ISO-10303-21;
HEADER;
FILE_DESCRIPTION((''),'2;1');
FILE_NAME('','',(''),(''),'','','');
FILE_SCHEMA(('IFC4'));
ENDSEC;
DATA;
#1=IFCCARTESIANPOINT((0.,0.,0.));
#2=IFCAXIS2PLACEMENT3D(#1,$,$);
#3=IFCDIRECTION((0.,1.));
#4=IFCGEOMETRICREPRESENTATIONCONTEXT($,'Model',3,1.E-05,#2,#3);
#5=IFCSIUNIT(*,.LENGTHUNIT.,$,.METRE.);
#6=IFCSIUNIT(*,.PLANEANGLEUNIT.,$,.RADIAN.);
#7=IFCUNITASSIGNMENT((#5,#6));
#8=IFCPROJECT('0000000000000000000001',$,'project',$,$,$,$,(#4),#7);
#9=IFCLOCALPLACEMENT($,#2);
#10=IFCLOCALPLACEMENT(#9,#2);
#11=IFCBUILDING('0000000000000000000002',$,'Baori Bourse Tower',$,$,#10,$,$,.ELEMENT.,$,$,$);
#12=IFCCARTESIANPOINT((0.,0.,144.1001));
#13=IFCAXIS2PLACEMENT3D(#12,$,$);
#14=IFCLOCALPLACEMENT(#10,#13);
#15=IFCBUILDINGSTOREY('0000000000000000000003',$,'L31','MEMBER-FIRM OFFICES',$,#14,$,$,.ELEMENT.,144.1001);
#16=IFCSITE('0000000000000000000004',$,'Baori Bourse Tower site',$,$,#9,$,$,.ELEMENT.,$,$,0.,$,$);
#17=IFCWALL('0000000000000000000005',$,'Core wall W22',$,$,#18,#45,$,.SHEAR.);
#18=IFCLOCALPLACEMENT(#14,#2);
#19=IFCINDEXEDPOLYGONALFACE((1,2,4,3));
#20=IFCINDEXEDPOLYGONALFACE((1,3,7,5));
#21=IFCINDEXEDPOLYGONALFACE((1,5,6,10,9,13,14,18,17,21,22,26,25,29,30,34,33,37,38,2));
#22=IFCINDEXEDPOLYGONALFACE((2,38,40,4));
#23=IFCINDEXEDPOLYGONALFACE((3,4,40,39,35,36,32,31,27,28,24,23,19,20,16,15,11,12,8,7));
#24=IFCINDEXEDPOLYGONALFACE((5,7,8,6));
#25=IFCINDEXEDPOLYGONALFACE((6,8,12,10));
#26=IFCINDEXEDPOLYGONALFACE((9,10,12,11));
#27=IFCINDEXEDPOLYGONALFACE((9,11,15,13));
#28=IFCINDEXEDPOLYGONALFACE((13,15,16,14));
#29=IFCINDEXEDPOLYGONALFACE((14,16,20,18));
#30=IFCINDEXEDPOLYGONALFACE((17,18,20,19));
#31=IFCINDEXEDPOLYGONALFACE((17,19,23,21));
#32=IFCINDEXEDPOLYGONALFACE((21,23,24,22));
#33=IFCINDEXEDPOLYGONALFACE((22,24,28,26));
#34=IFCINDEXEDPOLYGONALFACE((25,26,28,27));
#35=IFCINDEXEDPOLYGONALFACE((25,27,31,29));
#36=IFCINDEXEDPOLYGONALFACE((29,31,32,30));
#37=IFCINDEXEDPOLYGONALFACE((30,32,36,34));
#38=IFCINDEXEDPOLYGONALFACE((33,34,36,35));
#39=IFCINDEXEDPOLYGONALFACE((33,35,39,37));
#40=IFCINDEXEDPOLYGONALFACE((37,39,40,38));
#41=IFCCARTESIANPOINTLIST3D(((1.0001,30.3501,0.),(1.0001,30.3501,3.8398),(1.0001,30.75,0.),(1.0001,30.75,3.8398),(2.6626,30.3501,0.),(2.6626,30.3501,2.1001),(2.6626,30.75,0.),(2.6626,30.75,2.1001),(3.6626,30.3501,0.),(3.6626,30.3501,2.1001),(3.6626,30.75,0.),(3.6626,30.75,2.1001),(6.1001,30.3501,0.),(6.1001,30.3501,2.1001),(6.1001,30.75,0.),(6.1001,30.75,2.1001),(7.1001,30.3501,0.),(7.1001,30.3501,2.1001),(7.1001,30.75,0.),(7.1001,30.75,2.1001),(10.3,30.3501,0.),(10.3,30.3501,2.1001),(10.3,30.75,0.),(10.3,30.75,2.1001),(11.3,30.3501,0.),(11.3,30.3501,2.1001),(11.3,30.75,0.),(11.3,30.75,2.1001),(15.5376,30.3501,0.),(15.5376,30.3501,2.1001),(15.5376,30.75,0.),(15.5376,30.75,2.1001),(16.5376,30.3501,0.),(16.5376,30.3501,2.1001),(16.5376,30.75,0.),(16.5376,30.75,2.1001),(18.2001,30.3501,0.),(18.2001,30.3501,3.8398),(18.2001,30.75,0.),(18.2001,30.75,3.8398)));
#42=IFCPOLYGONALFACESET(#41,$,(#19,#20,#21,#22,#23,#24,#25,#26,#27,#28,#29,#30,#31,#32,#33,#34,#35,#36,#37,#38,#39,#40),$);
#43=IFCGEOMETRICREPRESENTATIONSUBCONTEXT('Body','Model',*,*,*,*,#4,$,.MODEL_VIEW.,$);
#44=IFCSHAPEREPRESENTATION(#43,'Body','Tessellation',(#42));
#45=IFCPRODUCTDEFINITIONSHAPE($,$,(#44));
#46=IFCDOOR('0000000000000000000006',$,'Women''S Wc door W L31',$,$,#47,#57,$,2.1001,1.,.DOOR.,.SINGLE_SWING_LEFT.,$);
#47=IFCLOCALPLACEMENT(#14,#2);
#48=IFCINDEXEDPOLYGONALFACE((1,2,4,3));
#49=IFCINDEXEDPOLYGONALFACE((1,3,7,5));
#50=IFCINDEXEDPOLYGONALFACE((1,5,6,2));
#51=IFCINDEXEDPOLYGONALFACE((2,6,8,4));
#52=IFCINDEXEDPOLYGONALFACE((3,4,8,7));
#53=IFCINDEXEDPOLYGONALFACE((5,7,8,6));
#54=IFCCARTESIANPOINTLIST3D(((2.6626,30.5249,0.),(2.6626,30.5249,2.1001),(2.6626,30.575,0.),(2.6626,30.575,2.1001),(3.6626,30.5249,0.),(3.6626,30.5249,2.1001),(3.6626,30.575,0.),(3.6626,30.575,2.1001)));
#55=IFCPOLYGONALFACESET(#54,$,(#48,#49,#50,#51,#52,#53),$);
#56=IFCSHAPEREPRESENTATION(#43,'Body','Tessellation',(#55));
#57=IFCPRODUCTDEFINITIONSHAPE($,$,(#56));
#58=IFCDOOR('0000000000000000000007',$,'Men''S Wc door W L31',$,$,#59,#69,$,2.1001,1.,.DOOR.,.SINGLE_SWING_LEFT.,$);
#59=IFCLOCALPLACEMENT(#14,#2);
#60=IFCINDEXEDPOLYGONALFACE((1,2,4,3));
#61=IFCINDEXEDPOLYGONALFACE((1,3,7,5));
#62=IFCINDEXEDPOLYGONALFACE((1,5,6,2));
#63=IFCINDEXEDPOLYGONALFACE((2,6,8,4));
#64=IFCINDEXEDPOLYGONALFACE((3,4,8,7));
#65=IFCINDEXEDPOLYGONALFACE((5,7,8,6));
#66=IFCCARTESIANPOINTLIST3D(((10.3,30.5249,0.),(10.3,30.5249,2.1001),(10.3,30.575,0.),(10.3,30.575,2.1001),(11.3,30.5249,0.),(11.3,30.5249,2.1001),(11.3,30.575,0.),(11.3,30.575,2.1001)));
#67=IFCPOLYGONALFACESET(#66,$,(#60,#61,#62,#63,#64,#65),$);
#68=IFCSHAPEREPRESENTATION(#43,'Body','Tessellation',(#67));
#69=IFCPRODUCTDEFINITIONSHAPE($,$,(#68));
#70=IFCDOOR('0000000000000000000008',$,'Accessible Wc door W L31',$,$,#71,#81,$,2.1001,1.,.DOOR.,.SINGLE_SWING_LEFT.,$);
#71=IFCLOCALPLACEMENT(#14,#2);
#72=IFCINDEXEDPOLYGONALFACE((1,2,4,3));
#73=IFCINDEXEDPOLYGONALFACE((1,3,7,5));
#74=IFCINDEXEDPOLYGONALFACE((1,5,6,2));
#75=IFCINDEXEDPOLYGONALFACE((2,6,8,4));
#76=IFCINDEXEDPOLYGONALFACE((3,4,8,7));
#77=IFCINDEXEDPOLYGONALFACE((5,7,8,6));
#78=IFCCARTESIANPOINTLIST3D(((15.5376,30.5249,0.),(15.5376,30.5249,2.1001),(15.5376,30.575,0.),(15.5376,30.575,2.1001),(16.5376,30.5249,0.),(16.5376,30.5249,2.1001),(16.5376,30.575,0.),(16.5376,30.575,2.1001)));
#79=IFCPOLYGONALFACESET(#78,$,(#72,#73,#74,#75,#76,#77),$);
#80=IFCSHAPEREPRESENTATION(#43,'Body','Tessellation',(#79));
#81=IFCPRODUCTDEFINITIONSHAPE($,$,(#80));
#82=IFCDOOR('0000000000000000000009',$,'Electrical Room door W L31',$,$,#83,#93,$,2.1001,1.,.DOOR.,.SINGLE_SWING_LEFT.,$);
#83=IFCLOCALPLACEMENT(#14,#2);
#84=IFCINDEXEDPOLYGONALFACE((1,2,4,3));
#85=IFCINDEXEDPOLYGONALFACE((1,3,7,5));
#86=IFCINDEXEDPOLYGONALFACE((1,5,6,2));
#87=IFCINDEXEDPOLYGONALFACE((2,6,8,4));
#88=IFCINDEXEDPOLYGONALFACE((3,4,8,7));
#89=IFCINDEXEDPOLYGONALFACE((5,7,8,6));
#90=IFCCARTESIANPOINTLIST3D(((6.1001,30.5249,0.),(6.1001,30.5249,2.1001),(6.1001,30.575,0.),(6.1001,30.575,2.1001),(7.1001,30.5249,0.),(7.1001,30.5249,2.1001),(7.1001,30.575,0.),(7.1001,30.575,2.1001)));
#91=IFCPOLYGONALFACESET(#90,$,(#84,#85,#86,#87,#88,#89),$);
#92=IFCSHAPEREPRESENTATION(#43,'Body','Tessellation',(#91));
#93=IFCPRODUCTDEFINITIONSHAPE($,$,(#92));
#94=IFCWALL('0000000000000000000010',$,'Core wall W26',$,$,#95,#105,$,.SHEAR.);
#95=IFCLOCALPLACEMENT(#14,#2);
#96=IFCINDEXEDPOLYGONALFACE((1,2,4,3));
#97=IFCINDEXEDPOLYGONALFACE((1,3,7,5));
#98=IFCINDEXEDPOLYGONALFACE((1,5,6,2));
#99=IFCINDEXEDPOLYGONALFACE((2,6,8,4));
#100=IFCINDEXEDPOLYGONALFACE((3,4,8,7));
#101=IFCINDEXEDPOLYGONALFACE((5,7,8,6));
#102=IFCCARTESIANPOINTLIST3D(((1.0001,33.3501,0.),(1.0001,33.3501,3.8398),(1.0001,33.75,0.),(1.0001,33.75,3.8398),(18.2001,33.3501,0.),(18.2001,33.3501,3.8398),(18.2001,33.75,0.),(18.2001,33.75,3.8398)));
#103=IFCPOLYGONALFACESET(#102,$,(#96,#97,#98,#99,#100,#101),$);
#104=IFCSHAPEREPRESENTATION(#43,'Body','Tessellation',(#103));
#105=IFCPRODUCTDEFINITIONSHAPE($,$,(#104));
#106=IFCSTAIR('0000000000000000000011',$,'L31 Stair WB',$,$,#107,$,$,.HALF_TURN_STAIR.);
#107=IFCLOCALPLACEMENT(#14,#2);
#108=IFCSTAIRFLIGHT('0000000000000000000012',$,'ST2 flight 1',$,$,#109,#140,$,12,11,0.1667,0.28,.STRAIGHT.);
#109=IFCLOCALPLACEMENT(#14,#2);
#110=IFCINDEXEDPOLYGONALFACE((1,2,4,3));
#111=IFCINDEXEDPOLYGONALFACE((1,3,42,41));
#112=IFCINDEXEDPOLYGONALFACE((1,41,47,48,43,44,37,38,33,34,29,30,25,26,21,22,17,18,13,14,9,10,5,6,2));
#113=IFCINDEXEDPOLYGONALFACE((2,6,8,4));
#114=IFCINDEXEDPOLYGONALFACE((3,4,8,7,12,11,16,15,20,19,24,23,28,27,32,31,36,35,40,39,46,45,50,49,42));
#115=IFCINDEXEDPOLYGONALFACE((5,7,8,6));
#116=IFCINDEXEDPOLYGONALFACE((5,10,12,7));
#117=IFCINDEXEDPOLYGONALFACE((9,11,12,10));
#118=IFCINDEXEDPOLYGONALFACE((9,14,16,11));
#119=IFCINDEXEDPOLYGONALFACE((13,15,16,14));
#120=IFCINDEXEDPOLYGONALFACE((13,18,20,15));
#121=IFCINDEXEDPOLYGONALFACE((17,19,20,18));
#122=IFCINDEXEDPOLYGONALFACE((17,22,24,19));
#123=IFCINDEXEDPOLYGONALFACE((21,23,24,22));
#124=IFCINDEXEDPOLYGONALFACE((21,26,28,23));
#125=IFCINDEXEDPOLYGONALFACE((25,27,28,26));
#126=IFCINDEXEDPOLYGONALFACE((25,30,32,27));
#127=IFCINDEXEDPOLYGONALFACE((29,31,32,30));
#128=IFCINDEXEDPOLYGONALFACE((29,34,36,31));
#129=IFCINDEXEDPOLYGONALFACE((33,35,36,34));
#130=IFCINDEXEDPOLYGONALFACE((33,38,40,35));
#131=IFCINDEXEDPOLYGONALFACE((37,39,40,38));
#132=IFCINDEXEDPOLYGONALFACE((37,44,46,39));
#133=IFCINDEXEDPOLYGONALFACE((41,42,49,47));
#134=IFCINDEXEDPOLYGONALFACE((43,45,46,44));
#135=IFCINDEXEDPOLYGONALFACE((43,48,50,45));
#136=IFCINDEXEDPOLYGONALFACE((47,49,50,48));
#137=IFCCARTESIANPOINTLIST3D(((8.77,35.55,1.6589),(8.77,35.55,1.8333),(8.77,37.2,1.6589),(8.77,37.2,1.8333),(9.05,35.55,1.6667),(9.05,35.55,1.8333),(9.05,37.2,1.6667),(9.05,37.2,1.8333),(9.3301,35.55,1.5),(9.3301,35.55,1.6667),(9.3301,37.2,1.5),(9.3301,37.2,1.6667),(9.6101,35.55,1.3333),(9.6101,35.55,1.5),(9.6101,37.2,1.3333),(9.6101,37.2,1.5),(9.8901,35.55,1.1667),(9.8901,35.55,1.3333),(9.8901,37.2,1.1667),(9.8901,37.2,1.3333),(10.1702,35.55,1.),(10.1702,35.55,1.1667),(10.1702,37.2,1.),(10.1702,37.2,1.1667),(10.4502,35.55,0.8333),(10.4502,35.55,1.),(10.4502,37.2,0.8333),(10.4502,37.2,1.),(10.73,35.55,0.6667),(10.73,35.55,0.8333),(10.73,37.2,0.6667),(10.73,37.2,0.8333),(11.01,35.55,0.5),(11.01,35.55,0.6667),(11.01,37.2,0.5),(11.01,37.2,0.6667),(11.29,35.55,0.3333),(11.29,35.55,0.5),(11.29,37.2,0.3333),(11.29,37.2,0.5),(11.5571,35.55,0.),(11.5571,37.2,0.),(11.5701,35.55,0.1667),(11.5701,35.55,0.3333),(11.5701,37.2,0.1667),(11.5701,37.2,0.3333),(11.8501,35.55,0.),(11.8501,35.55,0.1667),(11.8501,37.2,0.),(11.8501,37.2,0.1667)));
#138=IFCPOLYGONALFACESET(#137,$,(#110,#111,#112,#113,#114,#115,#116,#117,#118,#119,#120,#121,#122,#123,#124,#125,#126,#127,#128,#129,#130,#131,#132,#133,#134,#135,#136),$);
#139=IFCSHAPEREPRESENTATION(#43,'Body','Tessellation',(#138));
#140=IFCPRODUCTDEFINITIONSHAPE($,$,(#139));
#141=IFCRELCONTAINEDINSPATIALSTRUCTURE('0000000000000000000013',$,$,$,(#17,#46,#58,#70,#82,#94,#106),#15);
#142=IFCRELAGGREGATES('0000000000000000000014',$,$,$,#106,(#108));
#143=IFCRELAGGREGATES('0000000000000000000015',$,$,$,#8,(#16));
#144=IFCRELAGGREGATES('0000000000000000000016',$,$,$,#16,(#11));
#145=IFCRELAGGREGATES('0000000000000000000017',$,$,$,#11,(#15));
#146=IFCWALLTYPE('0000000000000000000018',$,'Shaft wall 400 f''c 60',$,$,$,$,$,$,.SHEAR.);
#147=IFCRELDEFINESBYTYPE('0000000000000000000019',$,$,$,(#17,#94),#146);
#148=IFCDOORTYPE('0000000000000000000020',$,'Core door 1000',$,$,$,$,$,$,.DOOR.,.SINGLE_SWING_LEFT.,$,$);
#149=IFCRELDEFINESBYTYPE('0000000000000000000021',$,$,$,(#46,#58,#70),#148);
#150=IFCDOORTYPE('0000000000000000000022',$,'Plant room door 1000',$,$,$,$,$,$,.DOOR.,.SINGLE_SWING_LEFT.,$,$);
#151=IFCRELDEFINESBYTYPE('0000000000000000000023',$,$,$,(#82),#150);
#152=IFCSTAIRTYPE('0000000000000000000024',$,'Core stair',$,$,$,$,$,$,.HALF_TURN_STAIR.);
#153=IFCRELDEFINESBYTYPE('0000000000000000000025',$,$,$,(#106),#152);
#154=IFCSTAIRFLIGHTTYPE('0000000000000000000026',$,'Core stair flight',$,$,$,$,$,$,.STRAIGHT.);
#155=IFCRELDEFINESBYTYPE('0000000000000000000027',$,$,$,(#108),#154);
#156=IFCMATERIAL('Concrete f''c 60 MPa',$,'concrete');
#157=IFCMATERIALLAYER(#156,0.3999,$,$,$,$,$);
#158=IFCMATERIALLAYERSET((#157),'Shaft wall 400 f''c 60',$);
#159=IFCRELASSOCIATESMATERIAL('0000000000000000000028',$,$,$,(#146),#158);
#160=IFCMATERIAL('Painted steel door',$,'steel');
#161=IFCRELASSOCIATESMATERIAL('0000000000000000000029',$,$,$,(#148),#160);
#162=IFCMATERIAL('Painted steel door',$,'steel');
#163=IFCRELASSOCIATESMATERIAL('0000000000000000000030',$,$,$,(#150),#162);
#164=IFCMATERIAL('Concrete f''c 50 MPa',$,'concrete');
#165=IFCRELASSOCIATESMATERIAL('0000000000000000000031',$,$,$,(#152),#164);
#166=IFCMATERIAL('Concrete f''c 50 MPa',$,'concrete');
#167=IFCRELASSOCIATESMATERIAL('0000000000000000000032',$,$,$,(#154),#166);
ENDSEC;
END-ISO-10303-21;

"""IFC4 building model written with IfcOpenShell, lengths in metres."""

from ifc_helpers import new_model, si_unit, direction, frame, frame_2d, origin, place, context, subcontext, project, spatial, polyline, rectangle, outline, extrude, material, layer, layer_set, type_object, element, fill, aggregate, save


model = new_model("IFC4")

# Units and contexts
model_context = context("Model", 3, precision=1e-05, world=origin(), true_north=direction((0.0, 1.0)))
body_context = subcontext(model_context, "Body", "Model", "MODEL_VIEW")
ifc_project = project(units=[si_unit("LENGTHUNIT", "METRE"), si_unit("PLANEANGLEUNIT", "RADIAN")], contexts=[model_context])

# Site, building, storey
site_placement = place(None, origin())
site = spatial("IfcSite", under=ifc_project, at=site_placement, Name="Baori Bourse Tower site", CompositionType="ELEMENT", RefElevation=0.0)
building_placement = place(site_placement, origin())
building = spatial("IfcBuilding", under=site, at=building_placement, Name="Baori Bourse Tower", CompositionType="ELEMENT")
storey_placement = place(building_placement, frame((0.0, 0.0, 144.1001)))
storey = spatial("IfcBuildingStorey", under=building, at=storey_placement, Name="L31", Description="MEMBER-FIRM OFFICES", CompositionType="ELEMENT", Elevation=144.1001)

# Wall, openings, doors
ifc_material_1 = material(Name="Concrete f'c 60 MPa", Category="concrete")
ifc_layer_1 = layer(ifc_material_1, 0.3999)
ifc_layer_set_1 = layer_set([ifc_layer_1], Name="Shaft wall 400 f'c 60")
wall_type_1 = type_object("IfcWallType", Name="Shaft wall 400 f'c 60", PredefinedType="SHEAR", material=ifc_layer_set_1)
wall_1_placement = place(storey_placement, frame((1.0, 30.55, 0.0), z_axis=(0.0, 0.0, 1.0), x_axis=(1.0, 0.0, 0.0)))
wall_1 = element("IfcWall", 1, at=wall_1_placement, inside=storey, type_object=wall_type_1, Name="Core wall W22", PredefinedType="SHEAR", context=body_context, shape_type="SweptSolid", body=[
    extrude(rectangle(XDim=17.2, YDim=0.3999, at=frame_2d((8.6001, 0.0))), origin(), (0.0, 0.0, 1.0), 3.8398),
])
opening_1_placement = place(wall_1_placement, frame((1.6626, 0.0, 0.0)))
opening_1 = element("IfcOpeningElement", 2, at=opening_1_placement, cuts=wall_1, PredefinedType="OPENING", context=body_context, shape_type="SweptSolid", body=[
    extrude(rectangle(XDim=1.0, YDim=2.1001, at=frame_2d((0.5, 1.05))), frame((0.0, 0.21, 0.0), z_axis=(0.0, -1.0, 0.0), x_axis=(1.0, 0.0, 0.0)), (0.0, 0.0, 1.0), 0.4199),
])
opening_2_placement = place(wall_1_placement, frame((5.1001, 0.0, 0.0)))
opening_2 = element("IfcOpeningElement", 3, at=opening_2_placement, cuts=wall_1, PredefinedType="OPENING", context=body_context, shape_type="SweptSolid", body=[
    extrude(rectangle(XDim=1.0, YDim=2.1001, at=frame_2d((0.5, 1.05))), frame((0.0, 0.21, 0.0), z_axis=(0.0, -1.0, 0.0), x_axis=(1.0, 0.0, 0.0)), (0.0, 0.0, 1.0), 0.4199),
])
opening_3_placement = place(wall_1_placement, frame((9.3, 0.0, 0.0)))
opening_3 = element("IfcOpeningElement", 4, at=opening_3_placement, cuts=wall_1, PredefinedType="OPENING", context=body_context, shape_type="SweptSolid", body=[
    extrude(rectangle(XDim=1.0, YDim=2.1001, at=frame_2d((0.5, 1.05))), frame((0.0, 0.21, 0.0), z_axis=(0.0, -1.0, 0.0), x_axis=(1.0, 0.0, 0.0)), (0.0, 0.0, 1.0), 0.4199),
])
opening_4_placement = place(wall_1_placement, frame((14.5376, 0.0, 0.0)))
opening_4 = element("IfcOpeningElement", 5, at=opening_4_placement, cuts=wall_1, PredefinedType="OPENING", context=body_context, shape_type="SweptSolid", body=[
    extrude(rectangle(XDim=1.0, YDim=2.1001, at=frame_2d((0.5, 1.05))), frame((0.0, 0.21, 0.0), z_axis=(0.0, -1.0, 0.0), x_axis=(1.0, 0.0, 0.0)), (0.0, 0.0, 1.0), 0.4199),
])
ifc_material_2 = material(Name="Painted steel door", Category="steel")
door_type_1 = type_object("IfcDoorType", Name="Core door 1000", OperationType="SINGLE_SWING_LEFT", PredefinedType="DOOR", material=ifc_material_2)
door_1_placement = place(opening_1_placement, origin())
door_1 = element("IfcDoor", 6, at=door_1_placement, inside=storey, type_object=door_type_1, Name="Women'S Wc door W L31", OperationType="SINGLE_SWING_LEFT", OverallHeight=2.1001, OverallWidth=1.0, PredefinedType="DOOR", context=body_context, shape_type="SweptSolid", body=[
    extrude(rectangle(XDim=1.0, YDim=2.1001, at=frame_2d((0.5, 1.05))), frame((0.0, 0.0249, 0.0), z_axis=(0.0, -1.0, 0.0), x_axis=(1.0, 0.0, 0.0)), (0.0, 0.0, 1.0), 0.05),
])
fill(opening_1, door_1)
door_2_placement = place(opening_3_placement, origin())
door_2 = element("IfcDoor", 7, at=door_2_placement, inside=storey, type_object=door_type_1, Name="Men'S Wc door W L31", OperationType="SINGLE_SWING_LEFT", OverallHeight=2.1001, OverallWidth=1.0, PredefinedType="DOOR", context=body_context, shape_type="SweptSolid", body=[
    extrude(rectangle(XDim=1.0, YDim=2.1001, at=frame_2d((0.5, 1.05))), frame((0.0, 0.0249, 0.0), z_axis=(0.0, -1.0, 0.0), x_axis=(1.0, 0.0, 0.0)), (0.0, 0.0, 1.0), 0.05),
])
fill(opening_3, door_2)
door_3_placement = place(opening_4_placement, origin())
door_3 = element("IfcDoor", 8, at=door_3_placement, inside=storey, type_object=door_type_1, Name="Accessible Wc door W L31", OperationType="SINGLE_SWING_LEFT", OverallHeight=2.1001, OverallWidth=1.0, PredefinedType="DOOR", context=body_context, shape_type="SweptSolid", body=[
    extrude(rectangle(XDim=1.0, YDim=2.1001, at=frame_2d((0.5, 1.05))), frame((0.0, 0.0249, 0.0), z_axis=(0.0, -1.0, 0.0), x_axis=(1.0, 0.0, 0.0)), (0.0, 0.0, 1.0), 0.05),
])
fill(opening_4, door_3)
ifc_material_3 = material(Name="Painted steel door", Category="steel")
door_type_2 = type_object("IfcDoorType", Name="Plant room door 1000", OperationType="SINGLE_SWING_LEFT", PredefinedType="DOOR", material=ifc_material_3)
door_4_placement = place(opening_2_placement, origin())
door_4 = element("IfcDoor", 9, at=door_4_placement, inside=storey, type_object=door_type_2, Name="Electrical Room door W L31", OperationType="SINGLE_SWING_LEFT", OverallHeight=2.1001, OverallWidth=1.0, PredefinedType="DOOR", context=body_context, shape_type="SweptSolid", body=[
    extrude(rectangle(XDim=1.0, YDim=2.1001, at=frame_2d((0.5, 1.05))), frame((0.0, 0.0249, 0.0), z_axis=(0.0, -1.0, 0.0), x_axis=(1.0, 0.0, 0.0)), (0.0, 0.0, 1.0), 0.05),
])
fill(opening_2, door_4)

# Wall
wall_2_placement = place(storey_placement, frame((1.0, 33.55, 0.0), z_axis=(0.0, 0.0, 1.0), x_axis=(1.0, 0.0, 0.0)))
element("IfcWall", 10, at=wall_2_placement, inside=storey, type_object=wall_type_1, Name="Core wall W26", PredefinedType="SHEAR", context=body_context, shape_type="SweptSolid", body=[
    extrude(rectangle(XDim=17.2, YDim=0.3999, at=frame_2d((8.6001, 0.0))), origin(), (0.0, 0.0, 1.0), 3.8398),
])

# Stair, stair flight
ifc_material_4 = material(Name="Concrete f'c 50 MPa", Category="concrete")
stair_type = type_object("IfcStairType", Name="Core stair", PredefinedType="HALF_TURN_STAIR", material=ifc_material_4)
stair_placement = place(storey_placement, origin())
stair = element("IfcStair", 11, at=stair_placement, inside=storey, type_object=stair_type, Name="L31 Stair WB", PredefinedType="HALF_TURN_STAIR")
ifc_material_5 = material(Name="Concrete f'c 50 MPa", Category="concrete")
stair_flight_type = type_object("IfcStairFlightType", Name="Core stair flight", PredefinedType="STRAIGHT", material=ifc_material_5)
stair_flight_1_placement = place(storey_placement, frame((11.8501, 36.375, 0.0), z_axis=(0.0, 0.0, 1.0), x_axis=(-1.0, 0.0, 0.0)))
stair_flight_1 = element("IfcStairFlight", 12, at=stair_flight_1_placement, type_object=stair_flight_type, Name="ST2 flight 1", NumberOfRisers=12, NumberOfTreads=11, PredefinedType="STRAIGHT", RiserHeight=0.1667, TreadLength=0.28, context=body_context, shape_type="SweptSolid", body=[
    extrude(outline(polyline([(0.0, 0.0), (0.0, 0.1667), (0.28, 0.1667), (0.28, 0.3333), (0.5601, 0.3333), (0.5601, 0.5), (0.8401, 0.5), (0.8401, 0.6667), (1.1201, 0.6667), (1.1201, 0.8333), (1.3999, 0.8333), (1.3999, 1.0), (1.6799, 1.0), (1.6799, 1.1667), (1.96, 1.1667), (1.96, 1.3333), (2.24, 1.3333), (2.24, 1.5), (2.52, 1.5), (2.52, 1.6667), (2.8, 1.6667), (2.8, 1.8333), (3.0801, 1.8333), (3.0801, 2.0), (3.0801, 1.6589), (0.293, 0.0), (0.0, 0.0)])), frame((0.0, 0.825, 0.0), z_axis=(0.0, -1.0, 0.0), x_axis=(1.0, 0.0, 0.0)), (0.0, 0.0, 1.0), 1.6499),
])
aggregate(stair, [stair_flight_1])

save(model, "model.ifc")
